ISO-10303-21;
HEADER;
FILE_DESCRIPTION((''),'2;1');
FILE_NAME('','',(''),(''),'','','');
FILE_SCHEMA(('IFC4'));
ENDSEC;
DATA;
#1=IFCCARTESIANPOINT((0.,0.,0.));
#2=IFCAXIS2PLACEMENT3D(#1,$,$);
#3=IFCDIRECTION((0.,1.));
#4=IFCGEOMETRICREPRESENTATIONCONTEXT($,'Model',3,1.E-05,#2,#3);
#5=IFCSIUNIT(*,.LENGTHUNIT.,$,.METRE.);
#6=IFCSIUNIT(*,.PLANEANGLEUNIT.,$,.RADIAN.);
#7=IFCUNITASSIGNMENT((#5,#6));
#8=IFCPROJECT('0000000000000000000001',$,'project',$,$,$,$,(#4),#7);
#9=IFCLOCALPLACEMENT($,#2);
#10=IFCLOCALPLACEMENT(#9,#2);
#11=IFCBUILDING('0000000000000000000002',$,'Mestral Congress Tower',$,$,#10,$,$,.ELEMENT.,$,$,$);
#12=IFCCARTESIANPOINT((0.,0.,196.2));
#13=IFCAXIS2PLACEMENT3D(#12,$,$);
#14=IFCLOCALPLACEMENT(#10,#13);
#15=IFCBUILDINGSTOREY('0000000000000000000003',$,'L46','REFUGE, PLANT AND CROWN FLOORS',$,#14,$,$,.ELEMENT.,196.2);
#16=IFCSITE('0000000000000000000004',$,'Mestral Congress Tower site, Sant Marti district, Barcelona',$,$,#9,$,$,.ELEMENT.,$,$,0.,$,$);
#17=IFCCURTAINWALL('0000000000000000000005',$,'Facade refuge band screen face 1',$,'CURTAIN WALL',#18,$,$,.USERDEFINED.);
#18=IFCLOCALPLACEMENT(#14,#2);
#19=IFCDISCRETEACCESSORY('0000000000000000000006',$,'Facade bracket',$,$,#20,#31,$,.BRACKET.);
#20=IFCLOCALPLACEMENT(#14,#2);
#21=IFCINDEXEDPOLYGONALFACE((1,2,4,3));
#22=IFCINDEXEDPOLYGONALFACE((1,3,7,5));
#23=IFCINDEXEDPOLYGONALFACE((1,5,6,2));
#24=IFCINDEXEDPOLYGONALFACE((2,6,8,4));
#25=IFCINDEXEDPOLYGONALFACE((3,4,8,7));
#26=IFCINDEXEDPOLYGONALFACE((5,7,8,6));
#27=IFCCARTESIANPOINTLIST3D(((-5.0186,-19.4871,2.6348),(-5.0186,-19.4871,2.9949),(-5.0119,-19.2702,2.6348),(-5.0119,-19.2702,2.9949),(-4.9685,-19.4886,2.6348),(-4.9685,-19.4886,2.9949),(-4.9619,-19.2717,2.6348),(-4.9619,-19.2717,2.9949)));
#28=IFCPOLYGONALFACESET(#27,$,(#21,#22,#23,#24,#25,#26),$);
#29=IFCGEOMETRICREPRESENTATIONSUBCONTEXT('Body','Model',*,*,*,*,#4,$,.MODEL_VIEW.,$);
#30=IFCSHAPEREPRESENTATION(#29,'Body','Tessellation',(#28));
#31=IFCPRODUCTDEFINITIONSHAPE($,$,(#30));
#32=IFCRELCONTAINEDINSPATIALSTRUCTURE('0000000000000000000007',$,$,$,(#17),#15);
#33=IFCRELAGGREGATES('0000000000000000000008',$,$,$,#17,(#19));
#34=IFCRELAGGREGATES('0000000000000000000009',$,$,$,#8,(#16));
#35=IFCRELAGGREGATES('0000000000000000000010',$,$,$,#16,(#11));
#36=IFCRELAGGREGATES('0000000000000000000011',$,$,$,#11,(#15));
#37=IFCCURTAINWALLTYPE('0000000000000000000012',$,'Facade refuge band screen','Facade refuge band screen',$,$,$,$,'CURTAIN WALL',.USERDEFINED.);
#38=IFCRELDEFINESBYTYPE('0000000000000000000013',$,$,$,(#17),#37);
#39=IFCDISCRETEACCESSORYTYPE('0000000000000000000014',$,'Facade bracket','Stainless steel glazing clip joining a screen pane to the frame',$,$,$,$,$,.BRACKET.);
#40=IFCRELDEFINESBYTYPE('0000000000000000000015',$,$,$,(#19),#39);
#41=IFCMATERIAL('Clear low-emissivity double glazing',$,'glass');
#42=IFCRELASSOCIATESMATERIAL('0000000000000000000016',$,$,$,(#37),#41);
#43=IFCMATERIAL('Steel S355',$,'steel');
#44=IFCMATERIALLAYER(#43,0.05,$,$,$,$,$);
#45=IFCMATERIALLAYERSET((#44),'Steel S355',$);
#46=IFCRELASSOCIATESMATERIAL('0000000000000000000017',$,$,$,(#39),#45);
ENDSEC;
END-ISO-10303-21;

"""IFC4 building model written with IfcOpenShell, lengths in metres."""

from ifc_helpers import new_model, si_unit, direction, frame, origin, origin_2d, place, context, subcontext, project, spatial, rectangle, extrude, material, layer, layer_set, type_object, element, aggregate, save


model = new_model("IFC4")

# Units and contexts
model_context = context("Model", 3, precision=1e-05, world=origin(), true_north=direction((0.0, 1.0)))
body_context = subcontext(model_context, "Body", "Model", "MODEL_VIEW")
ifc_project = project(units=[si_unit("LENGTHUNIT", "METRE"), si_unit("PLANEANGLEUNIT", "RADIAN")], contexts=[model_context])

# Site, building, storey
site_placement = place(None, origin())
site = spatial("IfcSite", under=ifc_project, at=site_placement, Name="Mestral Congress Tower site, Sant Marti district, Barcelona", CompositionType="ELEMENT", RefElevation=0.0)
building_placement = place(site_placement, origin())
building = spatial("IfcBuilding", under=site, at=building_placement, Name="Mestral Congress Tower", CompositionType="ELEMENT")
storey_placement = place(building_placement, frame((0.0, 0.0, 196.2)))
storey = spatial("IfcBuildingStorey", under=building, at=storey_placement, Name="L46", Description="REFUGE, PLANT AND CROWN FLOORS", CompositionType="ELEMENT", Elevation=196.2)

# Shared definitions
ifc_material_1 = material(Name="Steel S355", Category="steel")

# Curtain wall
ifc_material_2 = material(Name="Clear low-emissivity double glazing", Category="glass")
curtain_wall_type = type_object("IfcCurtainWallType", Name="Facade refuge band screen", Description="Facade refuge band screen", ElementType="CURTAIN WALL", PredefinedType="USERDEFINED", material=ifc_material_2)
curtain_wall_placement = place(storey_placement, origin())
curtain_wall = element("IfcCurtainWall", 1, at=curtain_wall_placement, inside=storey, type_object=curtain_wall_type, Name="Facade refuge band screen face 1", ObjectType="CURTAIN WALL", PredefinedType="USERDEFINED")

# Discrete accessory
ifc_layer_1 = layer(ifc_material_1, 0.05)
ifc_layer_set_1 = layer_set([ifc_layer_1], Name="Steel S355")
discrete_accessory_type = type_object("IfcDiscreteAccessoryType", Name="Facade bracket", Description="Stainless steel glazing clip joining a screen pane to the frame", PredefinedType="BRACKET", material=ifc_layer_set_1)
discrete_accessory_1_placement = place(storey_placement, frame((-4.9902, -19.3794, 2.6348), z_axis=(0.0, 0.0, 1.0), x_axis=(0.999533, -0.030552, 0.0)))
discrete_accessory_1 = element("IfcDiscreteAccessory", 2, at=discrete_accessory_1_placement, type_object=discrete_accessory_type, Name="Facade bracket", PredefinedType="BRACKET", context=body_context, shape_type="SweptSolid", body=[
    extrude(rectangle(XDim=0.05, YDim=0.217, at=origin_2d()), origin(), (0.0, 0.0, 1.0), 0.3601),
])
aggregate(curtain_wall, [discrete_accessory_1])

save(model, "model.ifc")
